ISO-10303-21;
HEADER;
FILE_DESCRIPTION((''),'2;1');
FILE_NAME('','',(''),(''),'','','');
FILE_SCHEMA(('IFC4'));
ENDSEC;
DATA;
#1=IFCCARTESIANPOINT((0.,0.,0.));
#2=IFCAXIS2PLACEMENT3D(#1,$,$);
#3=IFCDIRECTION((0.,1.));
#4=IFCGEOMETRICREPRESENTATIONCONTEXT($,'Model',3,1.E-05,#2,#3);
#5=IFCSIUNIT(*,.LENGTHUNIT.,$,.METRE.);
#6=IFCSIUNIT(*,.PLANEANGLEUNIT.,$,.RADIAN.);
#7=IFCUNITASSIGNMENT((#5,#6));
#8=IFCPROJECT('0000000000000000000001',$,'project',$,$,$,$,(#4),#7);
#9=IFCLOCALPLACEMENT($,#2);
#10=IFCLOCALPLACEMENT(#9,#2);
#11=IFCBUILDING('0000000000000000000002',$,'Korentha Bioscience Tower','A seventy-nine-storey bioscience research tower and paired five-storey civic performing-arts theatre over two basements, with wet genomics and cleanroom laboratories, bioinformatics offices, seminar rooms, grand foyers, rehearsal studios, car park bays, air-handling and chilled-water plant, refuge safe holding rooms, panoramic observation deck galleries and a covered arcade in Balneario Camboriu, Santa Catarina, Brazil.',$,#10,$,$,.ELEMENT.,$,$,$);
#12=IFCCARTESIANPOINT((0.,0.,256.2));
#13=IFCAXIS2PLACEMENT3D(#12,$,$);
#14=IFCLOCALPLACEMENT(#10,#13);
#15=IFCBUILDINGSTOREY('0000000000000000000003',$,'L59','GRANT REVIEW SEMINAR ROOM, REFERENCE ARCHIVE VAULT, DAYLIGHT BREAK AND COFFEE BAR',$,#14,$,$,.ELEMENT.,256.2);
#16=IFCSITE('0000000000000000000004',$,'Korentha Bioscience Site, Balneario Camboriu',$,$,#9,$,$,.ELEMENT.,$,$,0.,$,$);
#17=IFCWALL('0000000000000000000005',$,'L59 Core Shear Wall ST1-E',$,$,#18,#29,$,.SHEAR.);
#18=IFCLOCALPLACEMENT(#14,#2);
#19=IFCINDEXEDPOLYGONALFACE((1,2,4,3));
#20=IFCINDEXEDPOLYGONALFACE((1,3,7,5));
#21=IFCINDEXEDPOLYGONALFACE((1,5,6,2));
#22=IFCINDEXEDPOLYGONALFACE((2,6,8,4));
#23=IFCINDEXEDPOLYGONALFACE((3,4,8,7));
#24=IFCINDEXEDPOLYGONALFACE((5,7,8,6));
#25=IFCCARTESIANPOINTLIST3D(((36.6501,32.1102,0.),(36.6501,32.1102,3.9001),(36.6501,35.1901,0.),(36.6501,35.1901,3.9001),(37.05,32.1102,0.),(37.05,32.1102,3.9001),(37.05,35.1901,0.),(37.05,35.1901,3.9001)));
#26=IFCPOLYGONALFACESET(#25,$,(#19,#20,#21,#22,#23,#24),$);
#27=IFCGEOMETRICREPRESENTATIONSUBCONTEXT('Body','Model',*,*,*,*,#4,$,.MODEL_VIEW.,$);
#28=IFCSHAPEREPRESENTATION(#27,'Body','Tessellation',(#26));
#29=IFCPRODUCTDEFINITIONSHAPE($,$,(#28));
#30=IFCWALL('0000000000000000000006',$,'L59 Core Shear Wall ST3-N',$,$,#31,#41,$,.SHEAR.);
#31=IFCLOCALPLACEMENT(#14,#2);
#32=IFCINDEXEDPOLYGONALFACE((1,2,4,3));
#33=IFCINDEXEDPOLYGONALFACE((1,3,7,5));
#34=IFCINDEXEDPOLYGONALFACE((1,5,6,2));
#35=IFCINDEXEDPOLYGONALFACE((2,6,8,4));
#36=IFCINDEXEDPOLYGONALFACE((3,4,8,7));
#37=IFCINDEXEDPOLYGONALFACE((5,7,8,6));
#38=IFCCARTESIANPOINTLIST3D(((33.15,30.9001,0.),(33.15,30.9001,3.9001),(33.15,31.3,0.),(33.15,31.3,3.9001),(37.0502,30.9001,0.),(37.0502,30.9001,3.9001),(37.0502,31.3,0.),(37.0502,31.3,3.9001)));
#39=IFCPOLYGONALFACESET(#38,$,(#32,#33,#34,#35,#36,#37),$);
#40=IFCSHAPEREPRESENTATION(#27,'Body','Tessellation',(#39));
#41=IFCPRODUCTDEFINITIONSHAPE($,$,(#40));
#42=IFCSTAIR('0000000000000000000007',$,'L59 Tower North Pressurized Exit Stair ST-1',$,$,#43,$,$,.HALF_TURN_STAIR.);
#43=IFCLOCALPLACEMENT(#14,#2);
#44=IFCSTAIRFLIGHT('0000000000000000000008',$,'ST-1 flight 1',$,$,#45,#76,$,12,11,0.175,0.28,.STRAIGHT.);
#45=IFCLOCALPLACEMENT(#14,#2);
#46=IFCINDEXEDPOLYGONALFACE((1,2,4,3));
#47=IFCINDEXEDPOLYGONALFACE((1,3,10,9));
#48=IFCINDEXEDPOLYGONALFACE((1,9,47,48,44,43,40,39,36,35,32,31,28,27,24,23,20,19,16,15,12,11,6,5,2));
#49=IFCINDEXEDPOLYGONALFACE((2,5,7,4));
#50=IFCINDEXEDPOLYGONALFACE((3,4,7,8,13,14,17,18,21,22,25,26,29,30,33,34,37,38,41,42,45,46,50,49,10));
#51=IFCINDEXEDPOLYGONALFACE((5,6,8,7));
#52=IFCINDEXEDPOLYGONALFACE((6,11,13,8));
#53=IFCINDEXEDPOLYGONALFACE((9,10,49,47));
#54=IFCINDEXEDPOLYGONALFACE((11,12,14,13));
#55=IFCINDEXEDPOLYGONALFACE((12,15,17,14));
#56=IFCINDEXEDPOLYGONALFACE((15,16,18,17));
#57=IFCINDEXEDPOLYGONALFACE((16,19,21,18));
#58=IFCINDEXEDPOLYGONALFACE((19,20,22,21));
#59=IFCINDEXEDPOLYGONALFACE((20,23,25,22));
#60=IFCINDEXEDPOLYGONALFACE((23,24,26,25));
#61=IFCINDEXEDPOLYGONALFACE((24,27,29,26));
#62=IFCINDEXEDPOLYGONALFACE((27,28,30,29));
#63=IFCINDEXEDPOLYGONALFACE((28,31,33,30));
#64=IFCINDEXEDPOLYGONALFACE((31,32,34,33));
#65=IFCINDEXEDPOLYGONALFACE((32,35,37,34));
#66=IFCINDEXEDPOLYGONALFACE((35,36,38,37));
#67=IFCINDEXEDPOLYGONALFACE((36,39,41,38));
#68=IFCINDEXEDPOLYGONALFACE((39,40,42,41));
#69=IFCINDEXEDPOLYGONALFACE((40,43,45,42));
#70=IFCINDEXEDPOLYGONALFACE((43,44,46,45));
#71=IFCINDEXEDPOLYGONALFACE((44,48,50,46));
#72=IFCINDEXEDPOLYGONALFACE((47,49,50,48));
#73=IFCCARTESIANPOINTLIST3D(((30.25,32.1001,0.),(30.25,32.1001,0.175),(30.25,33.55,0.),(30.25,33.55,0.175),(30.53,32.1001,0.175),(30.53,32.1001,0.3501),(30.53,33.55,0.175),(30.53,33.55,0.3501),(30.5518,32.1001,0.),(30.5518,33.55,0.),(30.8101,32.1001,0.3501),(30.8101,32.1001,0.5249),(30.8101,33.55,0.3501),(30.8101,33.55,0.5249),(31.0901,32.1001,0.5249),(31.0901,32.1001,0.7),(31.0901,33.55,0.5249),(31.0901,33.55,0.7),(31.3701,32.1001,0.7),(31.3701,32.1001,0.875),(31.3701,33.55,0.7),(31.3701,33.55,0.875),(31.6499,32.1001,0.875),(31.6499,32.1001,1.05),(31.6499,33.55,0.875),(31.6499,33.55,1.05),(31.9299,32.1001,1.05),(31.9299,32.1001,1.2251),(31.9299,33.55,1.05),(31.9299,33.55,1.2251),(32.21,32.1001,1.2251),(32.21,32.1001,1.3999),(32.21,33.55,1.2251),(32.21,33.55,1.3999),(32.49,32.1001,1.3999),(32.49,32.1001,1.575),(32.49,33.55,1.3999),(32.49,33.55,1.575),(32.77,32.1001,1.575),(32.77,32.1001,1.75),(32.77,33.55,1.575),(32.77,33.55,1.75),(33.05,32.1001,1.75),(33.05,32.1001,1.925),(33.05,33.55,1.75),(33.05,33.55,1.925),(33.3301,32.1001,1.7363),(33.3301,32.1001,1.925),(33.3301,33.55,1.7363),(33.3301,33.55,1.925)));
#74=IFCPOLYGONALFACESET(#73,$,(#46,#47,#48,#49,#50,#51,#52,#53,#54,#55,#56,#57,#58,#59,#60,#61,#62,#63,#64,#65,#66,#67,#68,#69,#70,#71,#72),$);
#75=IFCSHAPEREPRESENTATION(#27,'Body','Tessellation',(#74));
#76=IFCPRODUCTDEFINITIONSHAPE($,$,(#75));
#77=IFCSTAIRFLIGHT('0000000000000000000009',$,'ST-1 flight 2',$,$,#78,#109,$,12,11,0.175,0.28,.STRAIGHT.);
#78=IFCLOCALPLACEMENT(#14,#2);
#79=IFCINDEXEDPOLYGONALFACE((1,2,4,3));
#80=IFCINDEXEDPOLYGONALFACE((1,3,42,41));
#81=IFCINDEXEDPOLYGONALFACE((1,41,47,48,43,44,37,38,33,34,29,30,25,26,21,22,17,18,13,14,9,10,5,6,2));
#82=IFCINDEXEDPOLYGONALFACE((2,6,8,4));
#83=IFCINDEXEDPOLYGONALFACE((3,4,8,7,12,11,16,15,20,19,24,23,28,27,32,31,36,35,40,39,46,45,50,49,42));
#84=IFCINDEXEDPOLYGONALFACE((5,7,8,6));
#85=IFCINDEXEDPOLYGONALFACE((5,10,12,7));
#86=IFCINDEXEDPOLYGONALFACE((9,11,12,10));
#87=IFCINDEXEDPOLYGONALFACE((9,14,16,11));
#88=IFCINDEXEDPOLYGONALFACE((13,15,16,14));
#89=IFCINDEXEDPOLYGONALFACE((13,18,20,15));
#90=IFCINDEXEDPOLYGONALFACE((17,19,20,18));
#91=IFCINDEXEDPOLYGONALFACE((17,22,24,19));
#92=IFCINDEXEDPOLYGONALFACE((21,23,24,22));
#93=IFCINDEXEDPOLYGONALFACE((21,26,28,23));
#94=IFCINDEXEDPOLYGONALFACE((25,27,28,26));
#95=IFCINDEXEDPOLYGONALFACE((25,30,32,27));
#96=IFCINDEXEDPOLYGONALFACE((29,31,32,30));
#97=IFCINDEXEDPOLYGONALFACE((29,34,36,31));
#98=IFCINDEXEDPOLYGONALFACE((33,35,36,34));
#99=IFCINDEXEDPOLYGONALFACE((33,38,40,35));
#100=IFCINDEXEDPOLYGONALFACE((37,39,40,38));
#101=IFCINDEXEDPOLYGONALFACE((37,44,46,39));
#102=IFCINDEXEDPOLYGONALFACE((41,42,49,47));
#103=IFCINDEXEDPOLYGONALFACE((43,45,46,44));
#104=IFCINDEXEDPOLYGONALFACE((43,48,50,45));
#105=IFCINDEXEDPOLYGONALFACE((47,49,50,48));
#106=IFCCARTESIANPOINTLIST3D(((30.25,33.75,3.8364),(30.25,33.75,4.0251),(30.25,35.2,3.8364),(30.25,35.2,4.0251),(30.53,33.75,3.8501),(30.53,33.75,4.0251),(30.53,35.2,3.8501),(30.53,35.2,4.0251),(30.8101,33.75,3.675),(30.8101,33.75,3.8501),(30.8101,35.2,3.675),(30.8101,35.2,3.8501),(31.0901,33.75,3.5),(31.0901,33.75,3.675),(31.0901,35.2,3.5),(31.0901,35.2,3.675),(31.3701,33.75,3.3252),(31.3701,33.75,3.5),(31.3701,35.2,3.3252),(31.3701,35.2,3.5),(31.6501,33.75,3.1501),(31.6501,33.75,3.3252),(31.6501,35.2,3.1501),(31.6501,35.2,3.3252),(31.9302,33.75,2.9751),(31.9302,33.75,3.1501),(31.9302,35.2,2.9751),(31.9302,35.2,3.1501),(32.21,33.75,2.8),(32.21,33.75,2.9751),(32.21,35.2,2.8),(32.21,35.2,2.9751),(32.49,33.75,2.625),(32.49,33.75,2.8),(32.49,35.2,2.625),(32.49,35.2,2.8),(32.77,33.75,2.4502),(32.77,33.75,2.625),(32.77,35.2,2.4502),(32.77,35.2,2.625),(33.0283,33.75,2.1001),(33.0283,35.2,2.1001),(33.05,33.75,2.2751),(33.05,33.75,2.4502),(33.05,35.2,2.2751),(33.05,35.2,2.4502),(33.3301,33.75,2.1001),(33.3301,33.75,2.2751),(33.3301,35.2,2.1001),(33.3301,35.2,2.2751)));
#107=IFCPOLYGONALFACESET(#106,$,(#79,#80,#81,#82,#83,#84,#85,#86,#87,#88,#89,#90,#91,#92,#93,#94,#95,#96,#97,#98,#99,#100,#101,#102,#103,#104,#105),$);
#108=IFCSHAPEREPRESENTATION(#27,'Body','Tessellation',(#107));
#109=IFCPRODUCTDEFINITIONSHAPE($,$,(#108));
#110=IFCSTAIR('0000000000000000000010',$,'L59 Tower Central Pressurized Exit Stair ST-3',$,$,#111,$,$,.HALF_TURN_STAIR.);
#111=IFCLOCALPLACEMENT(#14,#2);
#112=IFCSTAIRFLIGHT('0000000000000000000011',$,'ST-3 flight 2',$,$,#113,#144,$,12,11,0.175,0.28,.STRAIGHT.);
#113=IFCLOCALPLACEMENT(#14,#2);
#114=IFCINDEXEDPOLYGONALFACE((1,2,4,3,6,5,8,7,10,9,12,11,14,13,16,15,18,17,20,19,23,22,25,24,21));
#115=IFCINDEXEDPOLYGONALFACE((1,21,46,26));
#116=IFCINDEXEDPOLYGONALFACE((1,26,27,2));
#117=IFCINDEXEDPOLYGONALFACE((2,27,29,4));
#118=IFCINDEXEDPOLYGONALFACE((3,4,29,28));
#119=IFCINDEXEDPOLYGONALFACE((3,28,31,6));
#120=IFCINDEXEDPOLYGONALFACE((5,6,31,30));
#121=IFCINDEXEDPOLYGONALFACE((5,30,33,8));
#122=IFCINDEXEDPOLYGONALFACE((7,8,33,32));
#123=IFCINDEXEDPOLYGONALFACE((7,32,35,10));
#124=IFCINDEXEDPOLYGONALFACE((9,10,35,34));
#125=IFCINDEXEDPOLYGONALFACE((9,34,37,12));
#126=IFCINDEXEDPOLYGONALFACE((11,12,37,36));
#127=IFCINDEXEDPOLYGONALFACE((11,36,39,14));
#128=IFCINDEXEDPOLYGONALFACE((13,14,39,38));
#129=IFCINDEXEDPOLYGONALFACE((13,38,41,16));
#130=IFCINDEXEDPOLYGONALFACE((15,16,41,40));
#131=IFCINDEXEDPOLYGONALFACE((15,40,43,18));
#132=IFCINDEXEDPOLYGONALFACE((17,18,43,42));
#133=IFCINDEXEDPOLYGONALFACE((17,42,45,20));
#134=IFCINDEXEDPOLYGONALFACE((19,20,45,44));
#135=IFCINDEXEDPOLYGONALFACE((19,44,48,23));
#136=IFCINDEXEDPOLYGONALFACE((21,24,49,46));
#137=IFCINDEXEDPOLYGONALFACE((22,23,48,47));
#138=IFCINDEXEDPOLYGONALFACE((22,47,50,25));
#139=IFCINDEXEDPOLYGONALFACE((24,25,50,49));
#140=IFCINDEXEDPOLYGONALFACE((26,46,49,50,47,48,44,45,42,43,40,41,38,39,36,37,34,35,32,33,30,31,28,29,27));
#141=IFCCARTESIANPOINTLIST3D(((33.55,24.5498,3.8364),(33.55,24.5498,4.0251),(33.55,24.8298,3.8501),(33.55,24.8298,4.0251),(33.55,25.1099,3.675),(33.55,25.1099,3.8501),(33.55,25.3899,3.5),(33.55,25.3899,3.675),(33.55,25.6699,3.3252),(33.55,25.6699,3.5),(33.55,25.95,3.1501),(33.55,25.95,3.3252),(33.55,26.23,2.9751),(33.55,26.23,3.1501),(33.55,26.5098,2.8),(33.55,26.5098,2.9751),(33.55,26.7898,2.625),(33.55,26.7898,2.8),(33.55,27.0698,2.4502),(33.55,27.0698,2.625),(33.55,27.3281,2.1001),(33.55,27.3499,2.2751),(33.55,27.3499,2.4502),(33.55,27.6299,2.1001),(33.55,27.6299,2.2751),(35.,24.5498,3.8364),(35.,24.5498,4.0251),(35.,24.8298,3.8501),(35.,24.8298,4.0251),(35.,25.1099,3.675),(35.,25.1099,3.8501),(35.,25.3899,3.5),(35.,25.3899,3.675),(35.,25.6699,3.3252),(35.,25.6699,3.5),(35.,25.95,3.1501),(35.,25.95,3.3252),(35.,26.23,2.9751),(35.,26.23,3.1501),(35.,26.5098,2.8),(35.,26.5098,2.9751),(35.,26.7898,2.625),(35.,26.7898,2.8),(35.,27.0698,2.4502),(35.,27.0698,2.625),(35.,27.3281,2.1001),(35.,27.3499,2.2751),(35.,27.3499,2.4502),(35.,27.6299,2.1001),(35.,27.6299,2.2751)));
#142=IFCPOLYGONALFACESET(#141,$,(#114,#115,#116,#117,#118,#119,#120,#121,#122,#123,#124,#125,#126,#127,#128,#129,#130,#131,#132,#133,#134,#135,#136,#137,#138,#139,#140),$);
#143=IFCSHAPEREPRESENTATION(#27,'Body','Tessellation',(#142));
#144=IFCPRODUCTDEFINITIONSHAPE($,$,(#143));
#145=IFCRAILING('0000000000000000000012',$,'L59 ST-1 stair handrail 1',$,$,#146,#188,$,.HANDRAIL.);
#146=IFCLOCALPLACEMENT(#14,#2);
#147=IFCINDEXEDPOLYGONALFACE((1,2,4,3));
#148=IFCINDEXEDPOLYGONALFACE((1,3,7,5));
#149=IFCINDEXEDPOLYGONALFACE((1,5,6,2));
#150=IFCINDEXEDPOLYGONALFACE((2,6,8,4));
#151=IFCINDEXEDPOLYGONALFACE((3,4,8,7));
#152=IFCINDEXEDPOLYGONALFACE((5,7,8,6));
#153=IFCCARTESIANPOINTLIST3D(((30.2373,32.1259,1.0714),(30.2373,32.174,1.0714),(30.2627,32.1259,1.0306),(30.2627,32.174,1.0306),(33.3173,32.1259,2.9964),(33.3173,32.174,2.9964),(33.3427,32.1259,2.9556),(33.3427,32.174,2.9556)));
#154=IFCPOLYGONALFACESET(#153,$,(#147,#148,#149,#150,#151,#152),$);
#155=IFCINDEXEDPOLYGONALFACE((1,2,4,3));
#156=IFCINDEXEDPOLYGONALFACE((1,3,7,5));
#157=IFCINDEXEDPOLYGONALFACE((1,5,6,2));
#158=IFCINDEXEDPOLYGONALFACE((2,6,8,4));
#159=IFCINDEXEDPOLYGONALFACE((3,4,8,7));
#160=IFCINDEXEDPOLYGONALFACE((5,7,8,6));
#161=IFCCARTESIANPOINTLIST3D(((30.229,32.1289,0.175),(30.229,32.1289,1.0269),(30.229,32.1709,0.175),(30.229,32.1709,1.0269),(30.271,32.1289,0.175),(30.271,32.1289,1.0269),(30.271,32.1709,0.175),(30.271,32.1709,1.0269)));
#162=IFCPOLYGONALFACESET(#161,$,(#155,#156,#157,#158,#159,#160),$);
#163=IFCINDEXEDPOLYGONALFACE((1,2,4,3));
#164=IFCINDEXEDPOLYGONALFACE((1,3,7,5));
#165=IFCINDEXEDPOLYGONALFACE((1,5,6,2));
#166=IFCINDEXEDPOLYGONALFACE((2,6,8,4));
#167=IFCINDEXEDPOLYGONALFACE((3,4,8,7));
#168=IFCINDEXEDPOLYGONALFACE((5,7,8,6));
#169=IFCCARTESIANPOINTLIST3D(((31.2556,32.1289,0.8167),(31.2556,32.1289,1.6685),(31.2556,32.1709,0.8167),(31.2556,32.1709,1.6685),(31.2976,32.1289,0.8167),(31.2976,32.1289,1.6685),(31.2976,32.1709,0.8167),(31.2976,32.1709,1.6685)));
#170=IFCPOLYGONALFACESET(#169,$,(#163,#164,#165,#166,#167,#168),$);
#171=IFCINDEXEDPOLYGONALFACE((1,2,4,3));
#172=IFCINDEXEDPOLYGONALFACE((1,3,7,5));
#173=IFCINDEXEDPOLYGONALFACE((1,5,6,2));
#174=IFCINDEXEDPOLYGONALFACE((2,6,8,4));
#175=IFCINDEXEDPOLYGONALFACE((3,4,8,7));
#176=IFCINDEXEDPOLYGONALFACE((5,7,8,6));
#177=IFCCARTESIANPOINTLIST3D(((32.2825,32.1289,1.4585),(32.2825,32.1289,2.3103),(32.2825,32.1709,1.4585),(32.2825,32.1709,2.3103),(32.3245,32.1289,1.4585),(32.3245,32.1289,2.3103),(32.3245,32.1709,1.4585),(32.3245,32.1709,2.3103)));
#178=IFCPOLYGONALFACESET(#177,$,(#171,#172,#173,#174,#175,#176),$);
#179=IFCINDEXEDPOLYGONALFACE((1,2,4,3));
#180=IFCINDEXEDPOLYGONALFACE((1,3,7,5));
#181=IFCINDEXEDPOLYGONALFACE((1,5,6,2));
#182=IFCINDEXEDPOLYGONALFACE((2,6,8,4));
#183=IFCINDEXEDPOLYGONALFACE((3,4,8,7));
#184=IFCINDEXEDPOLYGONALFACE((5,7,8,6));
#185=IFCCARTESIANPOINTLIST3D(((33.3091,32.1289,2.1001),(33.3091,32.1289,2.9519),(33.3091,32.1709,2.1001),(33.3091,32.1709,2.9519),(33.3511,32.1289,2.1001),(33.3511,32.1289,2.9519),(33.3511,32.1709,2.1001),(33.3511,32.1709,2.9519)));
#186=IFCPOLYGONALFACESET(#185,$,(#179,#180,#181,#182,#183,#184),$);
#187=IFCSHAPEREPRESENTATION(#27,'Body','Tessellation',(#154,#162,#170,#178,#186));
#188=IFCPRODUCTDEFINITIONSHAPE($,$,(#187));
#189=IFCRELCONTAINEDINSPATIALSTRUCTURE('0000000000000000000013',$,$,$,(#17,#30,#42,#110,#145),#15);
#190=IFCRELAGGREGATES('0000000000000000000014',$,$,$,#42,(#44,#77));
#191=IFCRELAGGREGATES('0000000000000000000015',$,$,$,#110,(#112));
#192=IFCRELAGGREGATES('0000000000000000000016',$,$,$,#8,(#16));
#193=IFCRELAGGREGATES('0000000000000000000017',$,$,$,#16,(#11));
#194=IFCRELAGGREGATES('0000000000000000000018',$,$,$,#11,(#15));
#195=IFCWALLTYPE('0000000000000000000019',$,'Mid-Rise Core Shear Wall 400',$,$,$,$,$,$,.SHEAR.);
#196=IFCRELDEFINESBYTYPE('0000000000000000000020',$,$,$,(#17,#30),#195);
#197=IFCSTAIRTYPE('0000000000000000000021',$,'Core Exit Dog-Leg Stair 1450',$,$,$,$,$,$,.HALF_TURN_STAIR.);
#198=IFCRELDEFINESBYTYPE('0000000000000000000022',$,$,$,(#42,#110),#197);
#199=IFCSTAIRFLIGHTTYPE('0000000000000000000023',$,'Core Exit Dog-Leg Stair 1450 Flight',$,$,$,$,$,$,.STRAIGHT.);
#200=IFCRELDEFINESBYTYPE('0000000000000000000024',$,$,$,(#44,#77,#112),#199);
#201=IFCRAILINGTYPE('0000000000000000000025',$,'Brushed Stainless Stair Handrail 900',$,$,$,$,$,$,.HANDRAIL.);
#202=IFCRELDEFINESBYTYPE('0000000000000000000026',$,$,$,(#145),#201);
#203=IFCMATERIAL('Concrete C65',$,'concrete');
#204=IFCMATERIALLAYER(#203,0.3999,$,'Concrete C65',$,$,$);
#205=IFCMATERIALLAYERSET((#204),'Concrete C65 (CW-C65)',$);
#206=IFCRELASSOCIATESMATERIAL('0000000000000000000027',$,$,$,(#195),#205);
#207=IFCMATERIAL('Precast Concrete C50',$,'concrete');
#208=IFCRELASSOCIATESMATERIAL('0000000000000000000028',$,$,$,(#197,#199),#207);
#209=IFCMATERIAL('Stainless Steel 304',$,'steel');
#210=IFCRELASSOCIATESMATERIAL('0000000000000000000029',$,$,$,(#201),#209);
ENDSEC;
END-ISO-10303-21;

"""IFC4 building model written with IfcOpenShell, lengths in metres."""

from ifc_helpers import new_model, si_unit, direction, frame, frame_2d, origin, origin_2d, place, context, subcontext, project, spatial, polyline, rectangle, outline, extrude, material, layer, layer_set, type_object, element, aggregate, save


model = new_model("IFC4")

# Units and contexts
model_context = context("Model", 3, precision=1e-05, world=origin(), true_north=direction((0.0, 1.0)))
body_context = subcontext(model_context, "Body", "Model", "MODEL_VIEW")
ifc_project = project(units=[si_unit("LENGTHUNIT", "METRE"), si_unit("PLANEANGLEUNIT", "RADIAN")], contexts=[model_context])

# Site, building, storey
site_placement = place(None, origin())
site = spatial("IfcSite", under=ifc_project, at=site_placement, Name="Korentha Bioscience Site, Balneario Camboriu", CompositionType="ELEMENT", RefElevation=0.0)
building_placement = place(site_placement, origin())
building = spatial("IfcBuilding", under=site, at=building_placement, Name="Korentha Bioscience Tower", Description="A seventy-nine-storey bioscience research tower and paired five-storey civic performing-arts theatre over two basements, with wet genomics and cleanroom laboratories, bioinformatics offices, seminar rooms, grand foyers, rehearsal studios, car park bays, air-handling and chilled-water plant, refuge safe holding rooms, panoramic observation deck galleries and a covered arcade in Balneario Camboriu, Santa Catarina, Brazil.", CompositionType="ELEMENT")
storey_placement = place(building_placement, frame((0.0, 0.0, 256.2)))
storey = spatial("IfcBuildingStorey", under=building, at=storey_placement, Name="L59", Description="GRANT REVIEW SEMINAR ROOM, REFERENCE ARCHIVE VAULT, DAYLIGHT BREAK AND COFFEE BAR", CompositionType="ELEMENT", Elevation=256.2)

# Shared definitions
ifc_material_1 = material(Name="Concrete C65", Category="concrete")

# Walls
ifc_layer_1 = layer(ifc_material_1, 0.3999, Name="Concrete C65")
ifc_layer_set_1 = layer_set([ifc_layer_1], Name="Concrete C65 (CW-C65)")
wall_type_1 = type_object("IfcWallType", Name="Mid-Rise Core Shear Wall 400", PredefinedType="SHEAR", material=ifc_layer_set_1)
wall_1_placement = place(storey_placement, frame((36.8501, 32.1101, 0.0), z_axis=(0.0, 0.0, 1.0), x_axis=(0.0, 1.0, 0.0)))
element("IfcWall", 1, at=wall_1_placement, inside=storey, type_object=wall_type_1, Name="L59 Core Shear Wall ST1-E", PredefinedType="SHEAR", context=body_context, shape_type="SweptSolid", body=[
    extrude(rectangle(XDim=3.0798, YDim=0.3999, at=frame_2d((1.54, 0.0))), origin(), (0.0, 0.0, 1.0), 3.9001),
])
wall_2_placement = place(storey_placement, frame((33.1499, 31.1001, 0.0), z_axis=(0.0, 0.0, 1.0), x_axis=(1.0, 0.0, 0.0)))
element("IfcWall", 2, at=wall_2_placement, inside=storey, type_object=wall_type_1, Name="L59 Core Shear Wall ST3-N", PredefinedType="SHEAR", context=body_context, shape_type="SweptSolid", body=[
    extrude(rectangle(XDim=3.9001, YDim=0.3999, at=frame_2d((1.9502, 0.0))), origin(), (0.0, 0.0, 1.0), 3.9001),
])

# Stair, stair flights
ifc_material_2 = material(Name="Precast Concrete C50", Category="concrete")
stair_type = type_object("IfcStairType", Name="Core Exit Dog-Leg Stair 1450", PredefinedType="HALF_TURN_STAIR", material=ifc_material_2)
stair_1_placement = place(storey_placement, origin())
stair_1 = element("IfcStair", 3, at=stair_1_placement, inside=storey, type_object=stair_type, Name="L59 Tower North Pressurized Exit Stair ST-1", PredefinedType="HALF_TURN_STAIR")
stair_flight_type = type_object("IfcStairFlightType", Name="Core Exit Dog-Leg Stair 1450 Flight", PredefinedType="STRAIGHT", material=ifc_material_2)
stair_flight_1_placement = place(storey_placement, frame((30.25, 32.825, 0.0), z_axis=(0.0, 0.0, 1.0), x_axis=(1.0, 0.0, 0.0)))
stair_flight_1 = element("IfcStairFlight", 4, at=stair_flight_1_placement, type_object=stair_flight_type, Name="ST-1 flight 1", NumberOfRisers=12, NumberOfTreads=11, PredefinedType="STRAIGHT", RiserHeight=0.175, TreadLength=0.28, context=body_context, shape_type="SweptSolid", body=[
    extrude(outline(polyline([(0.0, 0.0), (0.0, 0.175), (0.28, 0.175), (0.28, 0.3501), (0.5601, 0.3501), (0.5601, 0.5249), (0.8401, 0.5249), (0.8401, 0.7), (1.1201, 0.7), (1.1201, 0.875), (1.3999, 0.875), (1.3999, 1.05), (1.6799, 1.05), (1.6799, 1.2251), (1.96, 1.2251), (1.96, 1.3999), (2.24, 1.3999), (2.24, 1.575), (2.52, 1.575), (2.52, 1.75), (2.8, 1.75), (2.8, 1.925), (3.0801, 1.925), (3.0801, 2.1001), (3.0801, 1.7363), (0.3018, 0.0), (0.0, 0.0)])), frame((0.0, 0.7251, 0.0), z_axis=(0.0, -1.0, 0.0), x_axis=(1.0, 0.0, 0.0)), (0.0, 0.0, 1.0), 1.45),
])
stair_flight_2_placement = place(storey_placement, frame((33.3301, 34.4751, 2.1001), z_axis=(0.0, 0.0, 1.0), x_axis=(-1.0, 0.0, 0.0)))
stair_flight_2 = element("IfcStairFlight", 5, at=stair_flight_2_placement, type_object=stair_flight_type, Name="ST-1 flight 2", NumberOfRisers=12, NumberOfTreads=11, PredefinedType="STRAIGHT", RiserHeight=0.175, TreadLength=0.28, context=body_context, shape_type="SweptSolid", body=[
    extrude(outline(polyline([(0.0, 0.0), (0.0, 0.175), (0.28, 0.175), (0.28, 0.3501), (0.5601, 0.3501), (0.5601, 0.5249), (0.8401, 0.5249), (0.8401, 0.7), (1.1201, 0.7), (1.1201, 0.875), (1.3999, 0.875), (1.3999, 1.05), (1.6799, 1.05), (1.6799, 1.2251), (1.96, 1.2251), (1.96, 1.3999), (2.24, 1.3999), (2.24, 1.575), (2.52, 1.575), (2.52, 1.75), (2.8, 1.75), (2.8, 1.925), (3.0801, 1.925), (3.0801, 2.1001), (3.0801, 1.7363), (0.3018, 0.0), (0.0, 0.0)])), frame((0.0, 0.7251, 0.0), z_axis=(0.0, -1.0, 0.0), x_axis=(1.0, 0.0, 0.0)), (0.0, 0.0, 1.0), 1.45),
])
aggregate(stair_1, [stair_flight_1, stair_flight_2])

# Stair, stair flight
stair_2_placement = place(storey_placement, origin())
stair_2 = element("IfcStair", 6, at=stair_2_placement, inside=storey, type_object=stair_type, Name="L59 Tower Central Pressurized Exit Stair ST-3", PredefinedType="HALF_TURN_STAIR")
stair_flight_3_placement = place(storey_placement, frame((34.2749, 27.6299, 2.1001), z_axis=(0.0, 0.0, 1.0), x_axis=(0.0, -1.0, 0.0)))
stair_flight_3 = element("IfcStairFlight", 7, at=stair_flight_3_placement, type_object=stair_flight_type, Name="ST-3 flight 2", NumberOfRisers=12, NumberOfTreads=11, PredefinedType="STRAIGHT", RiserHeight=0.175, TreadLength=0.28, context=body_context, shape_type="SweptSolid", body=[
    extrude(outline(polyline([(0.0, 0.0), (0.0, 0.175), (0.28, 0.175), (0.28, 0.3501), (0.5601, 0.3501), (0.5601, 0.5249), (0.8401, 0.5249), (0.8401, 0.7), (1.1201, 0.7), (1.1201, 0.875), (1.3999, 0.875), (1.3999, 1.05), (1.6799, 1.05), (1.6799, 1.2251), (1.96, 1.2251), (1.96, 1.3999), (2.24, 1.3999), (2.24, 1.575), (2.52, 1.575), (2.52, 1.75), (2.8, 1.75), (2.8, 1.925), (3.0801, 1.925), (3.0801, 2.1001), (3.0801, 1.7363), (0.3018, 0.0), (0.0, 0.0)])), frame((0.0, 0.7251, 0.0), z_axis=(0.0, -1.0, 0.0), x_axis=(1.0, 0.0, 0.0)), (0.0, 0.0, 1.0), 1.45),
])
aggregate(stair_2, [stair_flight_3])

# Railing
ifc_material_3 = material(Name="Stainless Steel 304", Category="steel")
railing_type_1 = type_object("IfcRailingType", Name="Brushed Stainless Stair Handrail 900", PredefinedType="HANDRAIL", material=ifc_material_3)
railing_1_placement = place(storey_placement, frame((30.25, 32.1499, 0.175)))
element("IfcRailing", 8, at=railing_1_placement, inside=storey, type_object=railing_type_1, Name="L59 ST-1 stair handrail 1", PredefinedType="HANDRAIL", context=body_context, shape_type="SweptSolid", body=[
    extrude(rectangle(XDim=0.0481, YDim=0.0481, at=origin_2d()), frame((0.0, 0.0, 0.876), z_axis=(0.847998, 0.0, 0.529999), x_axis=(0.0, 1.0, 0.0)), (0.0, 0.0, 1.0), 3.6321),
    extrude(rectangle(XDim=0.042, YDim=0.042, at=origin_2d()), origin(), (0.0, 0.0, 1.0), 0.8518),
    extrude(rectangle(XDim=0.042, YDim=0.042, at=origin_2d()), frame((1.0266, 0.0, 0.6416)), (0.0, 0.0, 1.0), 0.8518),
    extrude(rectangle(XDim=0.042, YDim=0.042, at=origin_2d()), frame((2.0535, 0.0, 1.2834)), (0.0, 0.0, 1.0), 0.8518),
    extrude(rectangle(XDim=0.042, YDim=0.042, at=origin_2d()), frame((3.0801, 0.0, 1.925)), (0.0, 0.0, 1.0), 0.8518),
])

save(model, "model.ifc")
